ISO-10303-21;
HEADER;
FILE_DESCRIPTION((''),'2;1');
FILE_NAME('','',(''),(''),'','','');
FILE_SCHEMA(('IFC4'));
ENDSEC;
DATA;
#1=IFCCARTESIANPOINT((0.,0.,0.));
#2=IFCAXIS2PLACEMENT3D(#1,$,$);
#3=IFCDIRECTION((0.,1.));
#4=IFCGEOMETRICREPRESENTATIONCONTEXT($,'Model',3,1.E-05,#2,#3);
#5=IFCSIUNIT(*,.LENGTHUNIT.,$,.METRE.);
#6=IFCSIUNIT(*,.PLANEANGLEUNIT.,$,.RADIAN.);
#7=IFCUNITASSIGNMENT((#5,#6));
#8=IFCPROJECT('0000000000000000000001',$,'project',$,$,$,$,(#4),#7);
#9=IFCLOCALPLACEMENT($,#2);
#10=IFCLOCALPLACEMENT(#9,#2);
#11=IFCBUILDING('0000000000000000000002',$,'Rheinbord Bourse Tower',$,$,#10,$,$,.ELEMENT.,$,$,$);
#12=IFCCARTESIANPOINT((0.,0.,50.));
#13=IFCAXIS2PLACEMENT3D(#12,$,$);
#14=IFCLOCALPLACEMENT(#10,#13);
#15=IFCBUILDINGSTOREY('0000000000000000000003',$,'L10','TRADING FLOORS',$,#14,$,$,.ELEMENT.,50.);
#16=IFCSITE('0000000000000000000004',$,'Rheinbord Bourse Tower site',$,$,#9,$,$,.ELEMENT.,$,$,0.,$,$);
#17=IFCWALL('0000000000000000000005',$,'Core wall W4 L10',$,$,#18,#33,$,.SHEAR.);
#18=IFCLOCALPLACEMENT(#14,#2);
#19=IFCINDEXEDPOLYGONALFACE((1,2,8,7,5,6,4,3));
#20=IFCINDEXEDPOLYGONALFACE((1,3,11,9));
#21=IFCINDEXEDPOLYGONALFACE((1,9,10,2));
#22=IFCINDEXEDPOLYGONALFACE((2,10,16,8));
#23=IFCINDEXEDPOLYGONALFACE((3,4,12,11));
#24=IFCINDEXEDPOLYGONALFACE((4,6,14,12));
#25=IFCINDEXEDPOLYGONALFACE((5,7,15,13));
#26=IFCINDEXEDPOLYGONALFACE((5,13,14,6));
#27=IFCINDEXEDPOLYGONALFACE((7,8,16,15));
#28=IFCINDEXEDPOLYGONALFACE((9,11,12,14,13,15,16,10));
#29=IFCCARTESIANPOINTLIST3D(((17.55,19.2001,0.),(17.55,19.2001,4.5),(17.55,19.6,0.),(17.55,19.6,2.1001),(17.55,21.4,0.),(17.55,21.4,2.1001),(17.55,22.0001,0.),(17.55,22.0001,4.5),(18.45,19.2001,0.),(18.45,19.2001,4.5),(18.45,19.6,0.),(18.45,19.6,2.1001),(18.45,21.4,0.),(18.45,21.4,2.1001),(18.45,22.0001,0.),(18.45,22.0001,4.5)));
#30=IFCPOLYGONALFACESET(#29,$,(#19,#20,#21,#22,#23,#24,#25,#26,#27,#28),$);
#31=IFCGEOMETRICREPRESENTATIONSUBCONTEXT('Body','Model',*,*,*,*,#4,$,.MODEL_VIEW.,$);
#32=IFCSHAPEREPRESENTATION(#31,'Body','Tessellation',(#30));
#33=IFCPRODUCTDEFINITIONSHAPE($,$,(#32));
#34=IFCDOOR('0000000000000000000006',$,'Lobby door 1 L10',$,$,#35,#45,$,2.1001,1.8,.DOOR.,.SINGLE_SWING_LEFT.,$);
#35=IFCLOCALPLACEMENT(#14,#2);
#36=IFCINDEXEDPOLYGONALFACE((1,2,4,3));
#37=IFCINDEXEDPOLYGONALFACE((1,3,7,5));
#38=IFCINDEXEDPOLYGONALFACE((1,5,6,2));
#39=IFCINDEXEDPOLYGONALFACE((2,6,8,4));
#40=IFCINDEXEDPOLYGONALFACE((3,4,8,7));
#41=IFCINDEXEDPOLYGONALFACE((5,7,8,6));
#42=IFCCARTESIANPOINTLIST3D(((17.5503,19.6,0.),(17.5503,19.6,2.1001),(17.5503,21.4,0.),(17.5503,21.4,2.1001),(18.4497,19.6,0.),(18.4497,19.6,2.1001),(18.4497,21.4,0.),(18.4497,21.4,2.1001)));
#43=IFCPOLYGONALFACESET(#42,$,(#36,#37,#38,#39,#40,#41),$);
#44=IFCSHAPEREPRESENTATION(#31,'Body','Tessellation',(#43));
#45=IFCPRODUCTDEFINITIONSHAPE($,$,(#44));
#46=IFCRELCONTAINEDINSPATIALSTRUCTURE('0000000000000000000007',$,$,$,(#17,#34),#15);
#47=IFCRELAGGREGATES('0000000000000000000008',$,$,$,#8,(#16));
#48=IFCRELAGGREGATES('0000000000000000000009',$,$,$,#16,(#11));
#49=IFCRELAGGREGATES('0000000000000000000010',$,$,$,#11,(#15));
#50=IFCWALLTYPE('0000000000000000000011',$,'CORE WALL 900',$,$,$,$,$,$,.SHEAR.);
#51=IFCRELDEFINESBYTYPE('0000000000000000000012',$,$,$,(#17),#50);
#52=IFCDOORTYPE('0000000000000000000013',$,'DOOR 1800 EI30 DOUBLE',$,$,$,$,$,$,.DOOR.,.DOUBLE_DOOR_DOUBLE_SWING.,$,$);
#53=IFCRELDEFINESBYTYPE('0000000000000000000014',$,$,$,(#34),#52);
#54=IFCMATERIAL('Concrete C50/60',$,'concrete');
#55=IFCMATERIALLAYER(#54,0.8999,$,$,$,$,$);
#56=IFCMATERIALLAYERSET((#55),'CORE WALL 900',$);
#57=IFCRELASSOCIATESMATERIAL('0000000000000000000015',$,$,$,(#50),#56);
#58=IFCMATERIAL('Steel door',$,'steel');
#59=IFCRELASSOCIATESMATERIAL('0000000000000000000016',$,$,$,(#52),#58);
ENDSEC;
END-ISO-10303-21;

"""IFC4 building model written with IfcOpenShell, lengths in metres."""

from ifc_helpers import new_model, si_unit, direction, frame, frame_2d, origin, place, context, subcontext, project, spatial, rectangle, extrude, material, layer, layer_set, type_object, element, fill, save


model = new_model("IFC4")

# Units and contexts
model_context = context("Model", 3, precision=1e-05, world=origin(), true_north=direction((0.0, 1.0)))
body_context = subcontext(model_context, "Body", "Model", "MODEL_VIEW")
ifc_project = project(units=[si_unit("LENGTHUNIT", "METRE"), si_unit("PLANEANGLEUNIT", "RADIAN")], contexts=[model_context])

# Site, building, storey
site_placement = place(None, origin())
site = spatial("IfcSite", under=ifc_project, at=site_placement, Name="Rheinbord Bourse Tower site", CompositionType="ELEMENT", RefElevation=0.0)
building_placement = place(site_placement, origin())
building = spatial("IfcBuilding", under=site, at=building_placement, Name="Rheinbord Bourse Tower", CompositionType="ELEMENT")
storey_placement = place(building_placement, frame((0.0, 0.0, 50.0)))
storey = spatial("IfcBuildingStorey", under=building, at=storey_placement, Name="L10", Description="TRADING FLOORS", CompositionType="ELEMENT", Elevation=50.0)

# Shared definitions
ifc_material_1 = material(Name="Concrete C50/60", Category="concrete")
ifc_layer_1 = layer(ifc_material_1, 0.8999)
ifc_layer_set_1 = layer_set([ifc_layer_1], Name="CORE WALL 900")
wall_type_1 = type_object("IfcWallType", Name="CORE WALL 900", PredefinedType="SHEAR", material=ifc_layer_set_1)
ifc_material_2 = material(Name="Steel door", Category="steel")
door_type_1 = type_object("IfcDoorType", Name="DOOR 1800 EI30 DOUBLE", OperationType="DOUBLE_DOOR_DOUBLE_SWING", PredefinedType="DOOR", material=ifc_material_2)

# Wall, opening, door
wall_1_placement = place(storey_placement, frame((18.0, 22.0, 0.0), z_axis=(0.0, 0.0, 1.0), x_axis=(0.0, -1.0, 0.0)))
wall_1 = element("IfcWall", 1, at=wall_1_placement, inside=storey, type_object=wall_type_1, Name="Core wall W4 L10", PredefinedType="SHEAR", context=body_context, shape_type="SweptSolid", body=[
    extrude(rectangle(XDim=2.8, YDim=0.8999, at=frame_2d((1.3999, 0.0))), origin(), (0.0, 0.0, 1.0), 4.5),
])
opening_1_placement = place(wall_1_placement, frame((0.6001, 0.0, 0.0)))
opening_1 = element("IfcOpeningElement", 2, at=opening_1_placement, cuts=wall_1, PredefinedType="OPENING", context=body_context, shape_type="SweptSolid", body=[
    extrude(rectangle(XDim=1.8, YDim=2.1001, at=frame_2d((0.8999, 1.05))), frame((0.0, 0.46, 0.0), z_axis=(0.0, -1.0, 0.0), x_axis=(1.0, 0.0, 0.0)), (0.0, 0.0, 1.0), 0.9199),
])
door_1_placement = place(opening_1_placement, origin())
door_1 = element("IfcDoor", 3, at=door_1_placement, inside=storey, type_object=door_type_1, Name="Lobby door 1 L10", OperationType="SINGLE_SWING_LEFT", OverallHeight=2.1001, OverallWidth=1.8, PredefinedType="DOOR", context=body_context, shape_type="SweptSolid", body=[
    extrude(rectangle(XDim=1.8, YDim=2.1001, at=frame_2d((0.8999, 1.05))), frame((0.0, 0.4497, 0.0), z_axis=(0.0, -1.0, 0.0), x_axis=(1.0, 0.0, 0.0)), (0.0, 0.0, 1.0), 0.8994),
])
fill(opening_1, door_1)

save(model, "model.ifc")
